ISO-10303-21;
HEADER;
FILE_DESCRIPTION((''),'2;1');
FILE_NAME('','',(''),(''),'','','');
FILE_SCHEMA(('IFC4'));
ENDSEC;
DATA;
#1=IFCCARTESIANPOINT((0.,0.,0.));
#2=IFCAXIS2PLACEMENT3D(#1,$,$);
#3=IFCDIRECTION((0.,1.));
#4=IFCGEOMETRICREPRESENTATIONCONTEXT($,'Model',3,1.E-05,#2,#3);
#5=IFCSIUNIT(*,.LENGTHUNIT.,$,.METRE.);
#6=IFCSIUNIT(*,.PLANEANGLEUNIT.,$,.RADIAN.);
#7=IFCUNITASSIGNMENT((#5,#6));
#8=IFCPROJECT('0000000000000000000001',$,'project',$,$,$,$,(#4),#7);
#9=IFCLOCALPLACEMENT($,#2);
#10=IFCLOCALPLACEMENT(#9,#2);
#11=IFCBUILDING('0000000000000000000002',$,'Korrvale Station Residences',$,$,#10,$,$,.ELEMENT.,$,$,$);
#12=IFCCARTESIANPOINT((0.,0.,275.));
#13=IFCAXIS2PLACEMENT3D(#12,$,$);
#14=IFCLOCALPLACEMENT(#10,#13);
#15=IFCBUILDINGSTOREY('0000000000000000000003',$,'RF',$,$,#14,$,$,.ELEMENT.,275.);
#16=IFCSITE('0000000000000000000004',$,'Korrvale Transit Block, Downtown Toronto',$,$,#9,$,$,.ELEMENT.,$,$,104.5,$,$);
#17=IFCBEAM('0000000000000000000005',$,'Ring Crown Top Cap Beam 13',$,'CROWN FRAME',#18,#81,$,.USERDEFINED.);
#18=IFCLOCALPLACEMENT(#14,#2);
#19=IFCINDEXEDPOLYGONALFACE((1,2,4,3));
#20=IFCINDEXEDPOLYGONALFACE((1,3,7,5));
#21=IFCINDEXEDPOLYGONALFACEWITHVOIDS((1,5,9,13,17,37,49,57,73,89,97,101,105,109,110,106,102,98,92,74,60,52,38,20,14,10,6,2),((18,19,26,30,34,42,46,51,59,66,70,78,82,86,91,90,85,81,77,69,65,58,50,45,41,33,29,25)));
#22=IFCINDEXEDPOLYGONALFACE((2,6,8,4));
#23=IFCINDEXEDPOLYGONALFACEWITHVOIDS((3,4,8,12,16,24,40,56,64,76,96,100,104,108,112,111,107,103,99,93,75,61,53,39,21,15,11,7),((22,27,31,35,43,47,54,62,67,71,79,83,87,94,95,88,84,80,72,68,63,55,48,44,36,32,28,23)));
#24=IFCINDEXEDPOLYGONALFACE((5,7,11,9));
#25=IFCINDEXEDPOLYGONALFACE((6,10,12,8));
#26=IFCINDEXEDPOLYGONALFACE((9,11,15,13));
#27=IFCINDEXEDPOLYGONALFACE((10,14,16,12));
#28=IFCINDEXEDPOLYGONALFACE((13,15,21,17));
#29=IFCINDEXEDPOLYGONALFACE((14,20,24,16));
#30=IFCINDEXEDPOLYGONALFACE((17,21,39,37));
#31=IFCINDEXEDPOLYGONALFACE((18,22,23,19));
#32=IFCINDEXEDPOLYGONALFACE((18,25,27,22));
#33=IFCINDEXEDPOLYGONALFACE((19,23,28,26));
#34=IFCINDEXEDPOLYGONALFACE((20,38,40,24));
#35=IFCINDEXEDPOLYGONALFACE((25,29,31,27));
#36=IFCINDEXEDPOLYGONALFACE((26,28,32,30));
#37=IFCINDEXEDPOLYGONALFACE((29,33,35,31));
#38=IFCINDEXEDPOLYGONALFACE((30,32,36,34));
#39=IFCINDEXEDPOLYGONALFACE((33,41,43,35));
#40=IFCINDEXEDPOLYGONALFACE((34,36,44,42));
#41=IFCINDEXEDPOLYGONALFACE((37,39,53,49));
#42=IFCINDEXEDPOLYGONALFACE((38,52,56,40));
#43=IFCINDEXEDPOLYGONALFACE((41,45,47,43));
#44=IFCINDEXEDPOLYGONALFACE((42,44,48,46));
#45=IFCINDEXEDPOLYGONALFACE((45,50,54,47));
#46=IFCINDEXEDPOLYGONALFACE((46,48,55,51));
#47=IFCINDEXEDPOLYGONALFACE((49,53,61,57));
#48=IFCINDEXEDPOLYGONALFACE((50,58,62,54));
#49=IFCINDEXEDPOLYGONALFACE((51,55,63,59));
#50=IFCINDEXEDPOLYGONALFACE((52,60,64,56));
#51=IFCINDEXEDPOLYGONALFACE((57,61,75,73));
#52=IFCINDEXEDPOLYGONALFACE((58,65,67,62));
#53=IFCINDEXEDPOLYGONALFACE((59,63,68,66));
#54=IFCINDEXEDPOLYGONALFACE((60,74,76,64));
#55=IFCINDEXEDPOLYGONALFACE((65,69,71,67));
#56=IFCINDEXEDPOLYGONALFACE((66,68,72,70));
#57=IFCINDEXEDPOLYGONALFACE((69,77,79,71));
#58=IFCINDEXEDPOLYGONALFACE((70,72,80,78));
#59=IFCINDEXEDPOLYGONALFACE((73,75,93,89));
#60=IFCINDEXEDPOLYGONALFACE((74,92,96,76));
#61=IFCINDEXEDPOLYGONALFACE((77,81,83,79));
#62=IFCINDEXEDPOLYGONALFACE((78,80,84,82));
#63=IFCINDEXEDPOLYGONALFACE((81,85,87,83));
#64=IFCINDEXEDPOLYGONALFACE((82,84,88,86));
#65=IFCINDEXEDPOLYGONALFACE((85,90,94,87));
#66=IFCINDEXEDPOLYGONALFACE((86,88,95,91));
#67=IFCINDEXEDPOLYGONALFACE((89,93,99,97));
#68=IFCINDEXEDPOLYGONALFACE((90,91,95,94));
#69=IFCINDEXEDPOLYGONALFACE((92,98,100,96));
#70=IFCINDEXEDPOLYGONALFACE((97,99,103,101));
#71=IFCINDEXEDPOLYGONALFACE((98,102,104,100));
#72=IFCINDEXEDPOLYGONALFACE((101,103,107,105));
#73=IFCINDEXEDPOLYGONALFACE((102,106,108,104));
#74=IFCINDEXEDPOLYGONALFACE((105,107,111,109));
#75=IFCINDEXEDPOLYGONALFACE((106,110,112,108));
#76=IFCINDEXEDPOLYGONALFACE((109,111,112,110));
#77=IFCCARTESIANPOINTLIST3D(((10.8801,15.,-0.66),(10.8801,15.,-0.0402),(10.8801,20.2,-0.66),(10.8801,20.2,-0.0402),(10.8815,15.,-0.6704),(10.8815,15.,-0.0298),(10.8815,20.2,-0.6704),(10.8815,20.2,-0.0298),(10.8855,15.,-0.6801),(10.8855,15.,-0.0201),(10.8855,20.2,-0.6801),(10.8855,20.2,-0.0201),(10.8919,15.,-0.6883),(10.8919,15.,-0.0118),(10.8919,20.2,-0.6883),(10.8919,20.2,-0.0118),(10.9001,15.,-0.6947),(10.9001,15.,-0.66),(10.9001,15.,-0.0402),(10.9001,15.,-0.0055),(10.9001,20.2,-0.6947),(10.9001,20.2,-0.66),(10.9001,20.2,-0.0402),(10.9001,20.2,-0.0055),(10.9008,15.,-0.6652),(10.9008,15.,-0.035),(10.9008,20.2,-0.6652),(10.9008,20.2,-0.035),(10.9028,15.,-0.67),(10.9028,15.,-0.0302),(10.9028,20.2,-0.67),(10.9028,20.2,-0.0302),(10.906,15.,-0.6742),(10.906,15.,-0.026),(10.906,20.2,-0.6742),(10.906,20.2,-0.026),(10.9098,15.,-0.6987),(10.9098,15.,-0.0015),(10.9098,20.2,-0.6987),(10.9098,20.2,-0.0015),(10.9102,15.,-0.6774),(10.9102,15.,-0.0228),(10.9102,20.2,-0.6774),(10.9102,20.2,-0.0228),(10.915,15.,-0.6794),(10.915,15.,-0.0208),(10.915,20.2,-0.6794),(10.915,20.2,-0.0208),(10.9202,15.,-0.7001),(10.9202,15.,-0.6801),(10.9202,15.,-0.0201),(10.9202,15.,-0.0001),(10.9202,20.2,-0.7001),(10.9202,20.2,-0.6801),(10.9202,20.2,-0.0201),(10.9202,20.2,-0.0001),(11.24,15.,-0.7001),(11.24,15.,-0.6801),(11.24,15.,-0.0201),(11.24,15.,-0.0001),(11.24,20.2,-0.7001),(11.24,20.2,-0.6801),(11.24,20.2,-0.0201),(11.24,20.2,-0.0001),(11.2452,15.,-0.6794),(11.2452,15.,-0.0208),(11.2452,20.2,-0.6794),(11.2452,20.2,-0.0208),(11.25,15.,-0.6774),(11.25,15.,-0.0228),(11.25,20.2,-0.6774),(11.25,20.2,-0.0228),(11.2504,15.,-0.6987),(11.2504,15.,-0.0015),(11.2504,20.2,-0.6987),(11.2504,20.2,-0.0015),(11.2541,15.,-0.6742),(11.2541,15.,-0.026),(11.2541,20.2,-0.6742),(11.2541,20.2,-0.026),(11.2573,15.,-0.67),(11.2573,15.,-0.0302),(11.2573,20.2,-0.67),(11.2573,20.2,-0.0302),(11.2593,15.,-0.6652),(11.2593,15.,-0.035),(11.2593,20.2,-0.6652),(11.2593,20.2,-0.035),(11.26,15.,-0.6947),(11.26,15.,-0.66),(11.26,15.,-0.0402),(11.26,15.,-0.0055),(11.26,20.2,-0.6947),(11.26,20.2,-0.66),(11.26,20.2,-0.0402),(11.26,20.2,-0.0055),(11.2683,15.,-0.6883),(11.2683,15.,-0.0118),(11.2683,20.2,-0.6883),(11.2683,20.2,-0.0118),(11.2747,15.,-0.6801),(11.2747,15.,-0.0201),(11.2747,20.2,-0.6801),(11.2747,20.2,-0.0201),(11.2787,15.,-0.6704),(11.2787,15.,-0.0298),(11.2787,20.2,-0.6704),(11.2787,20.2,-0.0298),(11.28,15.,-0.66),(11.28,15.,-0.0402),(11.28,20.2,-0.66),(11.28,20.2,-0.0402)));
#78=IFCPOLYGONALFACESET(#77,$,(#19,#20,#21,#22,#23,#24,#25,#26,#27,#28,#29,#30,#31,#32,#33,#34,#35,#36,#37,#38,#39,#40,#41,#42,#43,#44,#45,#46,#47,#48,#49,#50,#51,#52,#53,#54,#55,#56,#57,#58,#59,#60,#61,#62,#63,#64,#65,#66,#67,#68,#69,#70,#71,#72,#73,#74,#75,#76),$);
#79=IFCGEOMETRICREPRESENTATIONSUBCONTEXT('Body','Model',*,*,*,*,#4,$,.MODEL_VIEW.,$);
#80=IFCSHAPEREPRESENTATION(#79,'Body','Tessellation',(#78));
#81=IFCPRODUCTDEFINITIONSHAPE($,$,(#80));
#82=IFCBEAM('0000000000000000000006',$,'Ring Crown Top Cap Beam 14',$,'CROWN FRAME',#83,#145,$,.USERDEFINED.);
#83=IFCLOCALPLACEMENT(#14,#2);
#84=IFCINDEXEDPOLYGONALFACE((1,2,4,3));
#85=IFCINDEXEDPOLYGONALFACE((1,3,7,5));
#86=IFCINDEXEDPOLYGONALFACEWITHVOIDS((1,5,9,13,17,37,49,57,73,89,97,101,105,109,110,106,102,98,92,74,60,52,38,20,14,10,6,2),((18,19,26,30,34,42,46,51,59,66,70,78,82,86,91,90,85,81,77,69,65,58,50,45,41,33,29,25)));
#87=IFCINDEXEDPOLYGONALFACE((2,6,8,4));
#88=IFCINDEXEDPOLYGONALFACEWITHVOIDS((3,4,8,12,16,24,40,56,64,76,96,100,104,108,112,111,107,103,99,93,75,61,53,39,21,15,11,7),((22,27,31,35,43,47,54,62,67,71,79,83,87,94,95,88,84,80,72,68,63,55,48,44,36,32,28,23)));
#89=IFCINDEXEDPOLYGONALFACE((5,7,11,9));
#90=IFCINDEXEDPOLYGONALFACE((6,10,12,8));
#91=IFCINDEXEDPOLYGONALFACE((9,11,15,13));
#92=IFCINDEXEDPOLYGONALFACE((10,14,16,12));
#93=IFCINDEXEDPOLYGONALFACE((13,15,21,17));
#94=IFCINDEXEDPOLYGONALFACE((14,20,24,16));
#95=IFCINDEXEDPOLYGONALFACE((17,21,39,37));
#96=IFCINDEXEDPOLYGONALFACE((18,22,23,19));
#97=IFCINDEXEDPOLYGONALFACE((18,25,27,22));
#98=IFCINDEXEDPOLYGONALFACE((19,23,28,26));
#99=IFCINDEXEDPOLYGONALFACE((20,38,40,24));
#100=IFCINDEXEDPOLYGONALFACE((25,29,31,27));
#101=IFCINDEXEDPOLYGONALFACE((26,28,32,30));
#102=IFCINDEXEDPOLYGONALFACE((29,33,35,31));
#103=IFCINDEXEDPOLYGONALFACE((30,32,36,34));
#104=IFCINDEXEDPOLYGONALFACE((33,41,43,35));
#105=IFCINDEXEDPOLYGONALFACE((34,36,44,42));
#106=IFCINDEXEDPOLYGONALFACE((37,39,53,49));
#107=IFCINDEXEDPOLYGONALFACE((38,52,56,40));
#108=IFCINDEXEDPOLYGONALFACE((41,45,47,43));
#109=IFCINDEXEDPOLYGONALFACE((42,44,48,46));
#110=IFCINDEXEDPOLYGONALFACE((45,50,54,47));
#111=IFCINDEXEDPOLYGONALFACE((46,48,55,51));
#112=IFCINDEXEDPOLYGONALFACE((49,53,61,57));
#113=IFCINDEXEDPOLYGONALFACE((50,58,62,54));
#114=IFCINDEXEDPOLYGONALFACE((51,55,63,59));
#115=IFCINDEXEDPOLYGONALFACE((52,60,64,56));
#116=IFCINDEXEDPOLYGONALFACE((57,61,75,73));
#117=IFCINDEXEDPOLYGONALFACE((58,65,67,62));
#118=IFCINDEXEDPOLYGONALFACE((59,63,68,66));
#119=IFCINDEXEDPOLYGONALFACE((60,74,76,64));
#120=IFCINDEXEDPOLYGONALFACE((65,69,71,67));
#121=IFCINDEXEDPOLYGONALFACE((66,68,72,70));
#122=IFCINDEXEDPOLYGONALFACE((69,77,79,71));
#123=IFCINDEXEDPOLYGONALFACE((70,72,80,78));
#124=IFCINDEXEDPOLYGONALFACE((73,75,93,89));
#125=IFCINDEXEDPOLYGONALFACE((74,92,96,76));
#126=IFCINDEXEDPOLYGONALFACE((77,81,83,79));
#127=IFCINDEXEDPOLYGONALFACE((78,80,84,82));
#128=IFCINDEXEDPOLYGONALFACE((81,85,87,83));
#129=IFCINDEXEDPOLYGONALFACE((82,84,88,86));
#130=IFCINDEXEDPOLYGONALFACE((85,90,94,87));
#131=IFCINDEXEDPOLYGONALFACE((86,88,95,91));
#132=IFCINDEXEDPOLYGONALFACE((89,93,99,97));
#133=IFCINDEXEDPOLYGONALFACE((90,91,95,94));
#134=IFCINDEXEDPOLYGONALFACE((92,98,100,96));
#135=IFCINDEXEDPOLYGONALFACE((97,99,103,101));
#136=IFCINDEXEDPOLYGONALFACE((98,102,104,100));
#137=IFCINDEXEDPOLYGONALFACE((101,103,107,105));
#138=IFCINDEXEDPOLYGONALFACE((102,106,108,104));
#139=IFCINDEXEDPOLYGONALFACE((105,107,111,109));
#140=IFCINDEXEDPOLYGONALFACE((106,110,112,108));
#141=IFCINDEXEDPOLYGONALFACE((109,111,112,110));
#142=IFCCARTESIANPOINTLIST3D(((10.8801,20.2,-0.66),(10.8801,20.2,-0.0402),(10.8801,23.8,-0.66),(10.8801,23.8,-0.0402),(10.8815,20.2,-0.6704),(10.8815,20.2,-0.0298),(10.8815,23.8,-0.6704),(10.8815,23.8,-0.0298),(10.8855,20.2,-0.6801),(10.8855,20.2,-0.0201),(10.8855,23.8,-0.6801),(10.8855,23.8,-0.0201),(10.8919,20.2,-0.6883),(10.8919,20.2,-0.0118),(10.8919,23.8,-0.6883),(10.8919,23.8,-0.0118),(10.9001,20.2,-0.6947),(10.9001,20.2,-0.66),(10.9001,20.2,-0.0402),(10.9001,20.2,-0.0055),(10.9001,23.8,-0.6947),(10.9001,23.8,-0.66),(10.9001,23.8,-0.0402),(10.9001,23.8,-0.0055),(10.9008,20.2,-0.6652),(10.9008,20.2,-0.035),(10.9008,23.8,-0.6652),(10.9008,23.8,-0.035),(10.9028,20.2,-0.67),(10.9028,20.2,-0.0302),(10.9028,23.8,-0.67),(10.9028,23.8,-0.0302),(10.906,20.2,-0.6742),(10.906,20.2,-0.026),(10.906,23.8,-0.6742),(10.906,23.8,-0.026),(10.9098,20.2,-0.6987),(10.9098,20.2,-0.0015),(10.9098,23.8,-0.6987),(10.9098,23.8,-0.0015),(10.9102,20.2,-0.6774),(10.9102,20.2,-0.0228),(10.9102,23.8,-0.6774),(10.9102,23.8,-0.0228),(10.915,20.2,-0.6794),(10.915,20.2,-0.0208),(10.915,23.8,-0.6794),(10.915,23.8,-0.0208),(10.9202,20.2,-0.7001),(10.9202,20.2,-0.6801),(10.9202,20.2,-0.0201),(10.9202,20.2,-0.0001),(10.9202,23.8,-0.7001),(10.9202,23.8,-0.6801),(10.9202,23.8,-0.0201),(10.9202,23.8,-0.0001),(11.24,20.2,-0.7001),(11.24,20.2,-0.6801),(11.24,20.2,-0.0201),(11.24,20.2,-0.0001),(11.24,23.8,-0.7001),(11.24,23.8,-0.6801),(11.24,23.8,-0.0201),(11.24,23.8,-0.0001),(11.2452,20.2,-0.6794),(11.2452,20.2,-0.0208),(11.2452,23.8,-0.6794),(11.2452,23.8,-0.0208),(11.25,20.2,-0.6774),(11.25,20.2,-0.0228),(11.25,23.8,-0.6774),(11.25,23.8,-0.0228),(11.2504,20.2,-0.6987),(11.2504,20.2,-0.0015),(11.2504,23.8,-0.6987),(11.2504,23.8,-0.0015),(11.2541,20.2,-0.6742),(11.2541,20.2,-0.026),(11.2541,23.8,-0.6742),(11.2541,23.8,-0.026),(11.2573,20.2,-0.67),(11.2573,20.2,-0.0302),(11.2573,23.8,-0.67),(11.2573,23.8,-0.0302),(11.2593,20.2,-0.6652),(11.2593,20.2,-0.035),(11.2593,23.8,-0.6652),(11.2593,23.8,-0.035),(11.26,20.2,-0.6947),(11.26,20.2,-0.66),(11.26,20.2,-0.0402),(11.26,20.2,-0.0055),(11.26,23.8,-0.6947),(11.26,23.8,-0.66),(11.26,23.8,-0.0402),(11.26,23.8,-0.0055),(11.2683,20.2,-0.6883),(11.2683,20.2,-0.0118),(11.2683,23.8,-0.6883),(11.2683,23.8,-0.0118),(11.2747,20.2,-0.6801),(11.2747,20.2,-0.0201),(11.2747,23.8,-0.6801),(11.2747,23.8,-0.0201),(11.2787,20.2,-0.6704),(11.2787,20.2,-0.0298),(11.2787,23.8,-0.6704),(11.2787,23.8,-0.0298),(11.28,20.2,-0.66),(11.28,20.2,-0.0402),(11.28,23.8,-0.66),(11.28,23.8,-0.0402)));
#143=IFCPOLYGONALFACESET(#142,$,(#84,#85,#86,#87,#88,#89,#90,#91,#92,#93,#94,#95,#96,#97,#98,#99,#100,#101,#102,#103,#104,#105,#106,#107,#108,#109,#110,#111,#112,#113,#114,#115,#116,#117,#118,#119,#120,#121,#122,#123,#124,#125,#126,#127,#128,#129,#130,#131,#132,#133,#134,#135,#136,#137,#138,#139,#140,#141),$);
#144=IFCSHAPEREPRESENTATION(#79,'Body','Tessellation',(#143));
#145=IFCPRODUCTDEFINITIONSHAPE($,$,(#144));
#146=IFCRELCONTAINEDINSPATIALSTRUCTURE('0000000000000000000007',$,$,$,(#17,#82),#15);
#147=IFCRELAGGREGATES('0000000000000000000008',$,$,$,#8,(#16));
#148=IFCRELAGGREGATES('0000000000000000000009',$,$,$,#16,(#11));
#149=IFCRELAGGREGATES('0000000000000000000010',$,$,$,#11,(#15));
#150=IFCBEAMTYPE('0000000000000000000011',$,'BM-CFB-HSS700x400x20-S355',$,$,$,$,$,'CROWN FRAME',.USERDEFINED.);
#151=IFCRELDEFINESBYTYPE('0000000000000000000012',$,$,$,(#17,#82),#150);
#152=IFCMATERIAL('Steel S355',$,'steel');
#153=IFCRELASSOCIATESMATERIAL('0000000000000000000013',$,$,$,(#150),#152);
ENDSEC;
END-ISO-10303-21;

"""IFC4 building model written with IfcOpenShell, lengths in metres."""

from ifc_helpers import new_model, si_unit, direction, frame, origin, origin_2d, place, context, subcontext, project, spatial, hollow_rectangle, extrude, material, material_profile, profile_set, type_object, element, save


model = new_model("IFC4")

# Units and contexts
model_context = context("Model", 3, precision=1e-05, world=origin(), true_north=direction((0.0, 1.0)))
body_context = subcontext(model_context, "Body", "Model", "MODEL_VIEW")
ifc_project = project(units=[si_unit("LENGTHUNIT", "METRE"), si_unit("PLANEANGLEUNIT", "RADIAN")], contexts=[model_context])

# Site, building, storey
site_placement = place(None, origin())
site = spatial("IfcSite", under=ifc_project, at=site_placement, Name="Korrvale Transit Block, Downtown Toronto", CompositionType="ELEMENT", RefElevation=104.5)
building_placement = place(site_placement, origin())
building = spatial("IfcBuilding", under=site, at=building_placement, Name="Korrvale Station Residences", CompositionType="ELEMENT")
storey_placement = place(building_placement, frame((0.0, 0.0, 275.0)))
storey = spatial("IfcBuildingStorey", under=building, at=storey_placement, Name="RF", CompositionType="ELEMENT", Elevation=275.0)

# Beams
ifc_material_1 = material(Name="Steel S355", Category="steel")
ifc_material_profile = material_profile(ifc_material_1, hollow_rectangle(XDim=0.3999, YDim=0.7, WallThickness=0.02, InnerFilletRadius=0.02, OuterFilletRadius=0.04, at=origin_2d()), Name="HSS700x400x20")
ifc_profile_set = profile_set([ifc_material_profile], Name="Steel S355")
beam_type = type_object("IfcBeamType", Name="BM-CFB-HSS700x400x20-S355", ElementType="CROWN FRAME", PredefinedType="USERDEFINED", material=ifc_profile_set)
beam_1_placement = place(storey_placement, frame((11.0801, 15.0, -0.3501), z_axis=(0.0, 1.0, 0.0), x_axis=(-1.0, 0.0, 0.0)))
element("IfcBeam", 1, at=beam_1_placement, inside=storey, type_object=beam_type, Name="Ring Crown Top Cap Beam 13", ObjectType="CROWN FRAME", PredefinedType="USERDEFINED", context=body_context, shape_type="SweptSolid", body=[
    extrude(hollow_rectangle(XDim=0.3999, YDim=0.7, WallThickness=0.02, InnerFilletRadius=0.02, OuterFilletRadius=0.04, at=origin_2d()), origin(), (0.0, 0.0, 1.0), 5.2),
])
beam_2_placement = place(storey_placement, frame((11.0801, 20.2, -0.3501), z_axis=(0.0, 1.0, 0.0), x_axis=(-1.0, 0.0, 0.0)))
element("IfcBeam", 2, at=beam_2_placement, inside=storey, type_object=beam_type, Name="Ring Crown Top Cap Beam 14", ObjectType="CROWN FRAME", PredefinedType="USERDEFINED", context=body_context, shape_type="SweptSolid", body=[
    extrude(hollow_rectangle(XDim=0.3999, YDim=0.7, WallThickness=0.02, InnerFilletRadius=0.02, OuterFilletRadius=0.04, at=origin_2d()), origin(), (0.0, 0.0, 1.0), 3.6001),
])

save(model, "model.ifc")
